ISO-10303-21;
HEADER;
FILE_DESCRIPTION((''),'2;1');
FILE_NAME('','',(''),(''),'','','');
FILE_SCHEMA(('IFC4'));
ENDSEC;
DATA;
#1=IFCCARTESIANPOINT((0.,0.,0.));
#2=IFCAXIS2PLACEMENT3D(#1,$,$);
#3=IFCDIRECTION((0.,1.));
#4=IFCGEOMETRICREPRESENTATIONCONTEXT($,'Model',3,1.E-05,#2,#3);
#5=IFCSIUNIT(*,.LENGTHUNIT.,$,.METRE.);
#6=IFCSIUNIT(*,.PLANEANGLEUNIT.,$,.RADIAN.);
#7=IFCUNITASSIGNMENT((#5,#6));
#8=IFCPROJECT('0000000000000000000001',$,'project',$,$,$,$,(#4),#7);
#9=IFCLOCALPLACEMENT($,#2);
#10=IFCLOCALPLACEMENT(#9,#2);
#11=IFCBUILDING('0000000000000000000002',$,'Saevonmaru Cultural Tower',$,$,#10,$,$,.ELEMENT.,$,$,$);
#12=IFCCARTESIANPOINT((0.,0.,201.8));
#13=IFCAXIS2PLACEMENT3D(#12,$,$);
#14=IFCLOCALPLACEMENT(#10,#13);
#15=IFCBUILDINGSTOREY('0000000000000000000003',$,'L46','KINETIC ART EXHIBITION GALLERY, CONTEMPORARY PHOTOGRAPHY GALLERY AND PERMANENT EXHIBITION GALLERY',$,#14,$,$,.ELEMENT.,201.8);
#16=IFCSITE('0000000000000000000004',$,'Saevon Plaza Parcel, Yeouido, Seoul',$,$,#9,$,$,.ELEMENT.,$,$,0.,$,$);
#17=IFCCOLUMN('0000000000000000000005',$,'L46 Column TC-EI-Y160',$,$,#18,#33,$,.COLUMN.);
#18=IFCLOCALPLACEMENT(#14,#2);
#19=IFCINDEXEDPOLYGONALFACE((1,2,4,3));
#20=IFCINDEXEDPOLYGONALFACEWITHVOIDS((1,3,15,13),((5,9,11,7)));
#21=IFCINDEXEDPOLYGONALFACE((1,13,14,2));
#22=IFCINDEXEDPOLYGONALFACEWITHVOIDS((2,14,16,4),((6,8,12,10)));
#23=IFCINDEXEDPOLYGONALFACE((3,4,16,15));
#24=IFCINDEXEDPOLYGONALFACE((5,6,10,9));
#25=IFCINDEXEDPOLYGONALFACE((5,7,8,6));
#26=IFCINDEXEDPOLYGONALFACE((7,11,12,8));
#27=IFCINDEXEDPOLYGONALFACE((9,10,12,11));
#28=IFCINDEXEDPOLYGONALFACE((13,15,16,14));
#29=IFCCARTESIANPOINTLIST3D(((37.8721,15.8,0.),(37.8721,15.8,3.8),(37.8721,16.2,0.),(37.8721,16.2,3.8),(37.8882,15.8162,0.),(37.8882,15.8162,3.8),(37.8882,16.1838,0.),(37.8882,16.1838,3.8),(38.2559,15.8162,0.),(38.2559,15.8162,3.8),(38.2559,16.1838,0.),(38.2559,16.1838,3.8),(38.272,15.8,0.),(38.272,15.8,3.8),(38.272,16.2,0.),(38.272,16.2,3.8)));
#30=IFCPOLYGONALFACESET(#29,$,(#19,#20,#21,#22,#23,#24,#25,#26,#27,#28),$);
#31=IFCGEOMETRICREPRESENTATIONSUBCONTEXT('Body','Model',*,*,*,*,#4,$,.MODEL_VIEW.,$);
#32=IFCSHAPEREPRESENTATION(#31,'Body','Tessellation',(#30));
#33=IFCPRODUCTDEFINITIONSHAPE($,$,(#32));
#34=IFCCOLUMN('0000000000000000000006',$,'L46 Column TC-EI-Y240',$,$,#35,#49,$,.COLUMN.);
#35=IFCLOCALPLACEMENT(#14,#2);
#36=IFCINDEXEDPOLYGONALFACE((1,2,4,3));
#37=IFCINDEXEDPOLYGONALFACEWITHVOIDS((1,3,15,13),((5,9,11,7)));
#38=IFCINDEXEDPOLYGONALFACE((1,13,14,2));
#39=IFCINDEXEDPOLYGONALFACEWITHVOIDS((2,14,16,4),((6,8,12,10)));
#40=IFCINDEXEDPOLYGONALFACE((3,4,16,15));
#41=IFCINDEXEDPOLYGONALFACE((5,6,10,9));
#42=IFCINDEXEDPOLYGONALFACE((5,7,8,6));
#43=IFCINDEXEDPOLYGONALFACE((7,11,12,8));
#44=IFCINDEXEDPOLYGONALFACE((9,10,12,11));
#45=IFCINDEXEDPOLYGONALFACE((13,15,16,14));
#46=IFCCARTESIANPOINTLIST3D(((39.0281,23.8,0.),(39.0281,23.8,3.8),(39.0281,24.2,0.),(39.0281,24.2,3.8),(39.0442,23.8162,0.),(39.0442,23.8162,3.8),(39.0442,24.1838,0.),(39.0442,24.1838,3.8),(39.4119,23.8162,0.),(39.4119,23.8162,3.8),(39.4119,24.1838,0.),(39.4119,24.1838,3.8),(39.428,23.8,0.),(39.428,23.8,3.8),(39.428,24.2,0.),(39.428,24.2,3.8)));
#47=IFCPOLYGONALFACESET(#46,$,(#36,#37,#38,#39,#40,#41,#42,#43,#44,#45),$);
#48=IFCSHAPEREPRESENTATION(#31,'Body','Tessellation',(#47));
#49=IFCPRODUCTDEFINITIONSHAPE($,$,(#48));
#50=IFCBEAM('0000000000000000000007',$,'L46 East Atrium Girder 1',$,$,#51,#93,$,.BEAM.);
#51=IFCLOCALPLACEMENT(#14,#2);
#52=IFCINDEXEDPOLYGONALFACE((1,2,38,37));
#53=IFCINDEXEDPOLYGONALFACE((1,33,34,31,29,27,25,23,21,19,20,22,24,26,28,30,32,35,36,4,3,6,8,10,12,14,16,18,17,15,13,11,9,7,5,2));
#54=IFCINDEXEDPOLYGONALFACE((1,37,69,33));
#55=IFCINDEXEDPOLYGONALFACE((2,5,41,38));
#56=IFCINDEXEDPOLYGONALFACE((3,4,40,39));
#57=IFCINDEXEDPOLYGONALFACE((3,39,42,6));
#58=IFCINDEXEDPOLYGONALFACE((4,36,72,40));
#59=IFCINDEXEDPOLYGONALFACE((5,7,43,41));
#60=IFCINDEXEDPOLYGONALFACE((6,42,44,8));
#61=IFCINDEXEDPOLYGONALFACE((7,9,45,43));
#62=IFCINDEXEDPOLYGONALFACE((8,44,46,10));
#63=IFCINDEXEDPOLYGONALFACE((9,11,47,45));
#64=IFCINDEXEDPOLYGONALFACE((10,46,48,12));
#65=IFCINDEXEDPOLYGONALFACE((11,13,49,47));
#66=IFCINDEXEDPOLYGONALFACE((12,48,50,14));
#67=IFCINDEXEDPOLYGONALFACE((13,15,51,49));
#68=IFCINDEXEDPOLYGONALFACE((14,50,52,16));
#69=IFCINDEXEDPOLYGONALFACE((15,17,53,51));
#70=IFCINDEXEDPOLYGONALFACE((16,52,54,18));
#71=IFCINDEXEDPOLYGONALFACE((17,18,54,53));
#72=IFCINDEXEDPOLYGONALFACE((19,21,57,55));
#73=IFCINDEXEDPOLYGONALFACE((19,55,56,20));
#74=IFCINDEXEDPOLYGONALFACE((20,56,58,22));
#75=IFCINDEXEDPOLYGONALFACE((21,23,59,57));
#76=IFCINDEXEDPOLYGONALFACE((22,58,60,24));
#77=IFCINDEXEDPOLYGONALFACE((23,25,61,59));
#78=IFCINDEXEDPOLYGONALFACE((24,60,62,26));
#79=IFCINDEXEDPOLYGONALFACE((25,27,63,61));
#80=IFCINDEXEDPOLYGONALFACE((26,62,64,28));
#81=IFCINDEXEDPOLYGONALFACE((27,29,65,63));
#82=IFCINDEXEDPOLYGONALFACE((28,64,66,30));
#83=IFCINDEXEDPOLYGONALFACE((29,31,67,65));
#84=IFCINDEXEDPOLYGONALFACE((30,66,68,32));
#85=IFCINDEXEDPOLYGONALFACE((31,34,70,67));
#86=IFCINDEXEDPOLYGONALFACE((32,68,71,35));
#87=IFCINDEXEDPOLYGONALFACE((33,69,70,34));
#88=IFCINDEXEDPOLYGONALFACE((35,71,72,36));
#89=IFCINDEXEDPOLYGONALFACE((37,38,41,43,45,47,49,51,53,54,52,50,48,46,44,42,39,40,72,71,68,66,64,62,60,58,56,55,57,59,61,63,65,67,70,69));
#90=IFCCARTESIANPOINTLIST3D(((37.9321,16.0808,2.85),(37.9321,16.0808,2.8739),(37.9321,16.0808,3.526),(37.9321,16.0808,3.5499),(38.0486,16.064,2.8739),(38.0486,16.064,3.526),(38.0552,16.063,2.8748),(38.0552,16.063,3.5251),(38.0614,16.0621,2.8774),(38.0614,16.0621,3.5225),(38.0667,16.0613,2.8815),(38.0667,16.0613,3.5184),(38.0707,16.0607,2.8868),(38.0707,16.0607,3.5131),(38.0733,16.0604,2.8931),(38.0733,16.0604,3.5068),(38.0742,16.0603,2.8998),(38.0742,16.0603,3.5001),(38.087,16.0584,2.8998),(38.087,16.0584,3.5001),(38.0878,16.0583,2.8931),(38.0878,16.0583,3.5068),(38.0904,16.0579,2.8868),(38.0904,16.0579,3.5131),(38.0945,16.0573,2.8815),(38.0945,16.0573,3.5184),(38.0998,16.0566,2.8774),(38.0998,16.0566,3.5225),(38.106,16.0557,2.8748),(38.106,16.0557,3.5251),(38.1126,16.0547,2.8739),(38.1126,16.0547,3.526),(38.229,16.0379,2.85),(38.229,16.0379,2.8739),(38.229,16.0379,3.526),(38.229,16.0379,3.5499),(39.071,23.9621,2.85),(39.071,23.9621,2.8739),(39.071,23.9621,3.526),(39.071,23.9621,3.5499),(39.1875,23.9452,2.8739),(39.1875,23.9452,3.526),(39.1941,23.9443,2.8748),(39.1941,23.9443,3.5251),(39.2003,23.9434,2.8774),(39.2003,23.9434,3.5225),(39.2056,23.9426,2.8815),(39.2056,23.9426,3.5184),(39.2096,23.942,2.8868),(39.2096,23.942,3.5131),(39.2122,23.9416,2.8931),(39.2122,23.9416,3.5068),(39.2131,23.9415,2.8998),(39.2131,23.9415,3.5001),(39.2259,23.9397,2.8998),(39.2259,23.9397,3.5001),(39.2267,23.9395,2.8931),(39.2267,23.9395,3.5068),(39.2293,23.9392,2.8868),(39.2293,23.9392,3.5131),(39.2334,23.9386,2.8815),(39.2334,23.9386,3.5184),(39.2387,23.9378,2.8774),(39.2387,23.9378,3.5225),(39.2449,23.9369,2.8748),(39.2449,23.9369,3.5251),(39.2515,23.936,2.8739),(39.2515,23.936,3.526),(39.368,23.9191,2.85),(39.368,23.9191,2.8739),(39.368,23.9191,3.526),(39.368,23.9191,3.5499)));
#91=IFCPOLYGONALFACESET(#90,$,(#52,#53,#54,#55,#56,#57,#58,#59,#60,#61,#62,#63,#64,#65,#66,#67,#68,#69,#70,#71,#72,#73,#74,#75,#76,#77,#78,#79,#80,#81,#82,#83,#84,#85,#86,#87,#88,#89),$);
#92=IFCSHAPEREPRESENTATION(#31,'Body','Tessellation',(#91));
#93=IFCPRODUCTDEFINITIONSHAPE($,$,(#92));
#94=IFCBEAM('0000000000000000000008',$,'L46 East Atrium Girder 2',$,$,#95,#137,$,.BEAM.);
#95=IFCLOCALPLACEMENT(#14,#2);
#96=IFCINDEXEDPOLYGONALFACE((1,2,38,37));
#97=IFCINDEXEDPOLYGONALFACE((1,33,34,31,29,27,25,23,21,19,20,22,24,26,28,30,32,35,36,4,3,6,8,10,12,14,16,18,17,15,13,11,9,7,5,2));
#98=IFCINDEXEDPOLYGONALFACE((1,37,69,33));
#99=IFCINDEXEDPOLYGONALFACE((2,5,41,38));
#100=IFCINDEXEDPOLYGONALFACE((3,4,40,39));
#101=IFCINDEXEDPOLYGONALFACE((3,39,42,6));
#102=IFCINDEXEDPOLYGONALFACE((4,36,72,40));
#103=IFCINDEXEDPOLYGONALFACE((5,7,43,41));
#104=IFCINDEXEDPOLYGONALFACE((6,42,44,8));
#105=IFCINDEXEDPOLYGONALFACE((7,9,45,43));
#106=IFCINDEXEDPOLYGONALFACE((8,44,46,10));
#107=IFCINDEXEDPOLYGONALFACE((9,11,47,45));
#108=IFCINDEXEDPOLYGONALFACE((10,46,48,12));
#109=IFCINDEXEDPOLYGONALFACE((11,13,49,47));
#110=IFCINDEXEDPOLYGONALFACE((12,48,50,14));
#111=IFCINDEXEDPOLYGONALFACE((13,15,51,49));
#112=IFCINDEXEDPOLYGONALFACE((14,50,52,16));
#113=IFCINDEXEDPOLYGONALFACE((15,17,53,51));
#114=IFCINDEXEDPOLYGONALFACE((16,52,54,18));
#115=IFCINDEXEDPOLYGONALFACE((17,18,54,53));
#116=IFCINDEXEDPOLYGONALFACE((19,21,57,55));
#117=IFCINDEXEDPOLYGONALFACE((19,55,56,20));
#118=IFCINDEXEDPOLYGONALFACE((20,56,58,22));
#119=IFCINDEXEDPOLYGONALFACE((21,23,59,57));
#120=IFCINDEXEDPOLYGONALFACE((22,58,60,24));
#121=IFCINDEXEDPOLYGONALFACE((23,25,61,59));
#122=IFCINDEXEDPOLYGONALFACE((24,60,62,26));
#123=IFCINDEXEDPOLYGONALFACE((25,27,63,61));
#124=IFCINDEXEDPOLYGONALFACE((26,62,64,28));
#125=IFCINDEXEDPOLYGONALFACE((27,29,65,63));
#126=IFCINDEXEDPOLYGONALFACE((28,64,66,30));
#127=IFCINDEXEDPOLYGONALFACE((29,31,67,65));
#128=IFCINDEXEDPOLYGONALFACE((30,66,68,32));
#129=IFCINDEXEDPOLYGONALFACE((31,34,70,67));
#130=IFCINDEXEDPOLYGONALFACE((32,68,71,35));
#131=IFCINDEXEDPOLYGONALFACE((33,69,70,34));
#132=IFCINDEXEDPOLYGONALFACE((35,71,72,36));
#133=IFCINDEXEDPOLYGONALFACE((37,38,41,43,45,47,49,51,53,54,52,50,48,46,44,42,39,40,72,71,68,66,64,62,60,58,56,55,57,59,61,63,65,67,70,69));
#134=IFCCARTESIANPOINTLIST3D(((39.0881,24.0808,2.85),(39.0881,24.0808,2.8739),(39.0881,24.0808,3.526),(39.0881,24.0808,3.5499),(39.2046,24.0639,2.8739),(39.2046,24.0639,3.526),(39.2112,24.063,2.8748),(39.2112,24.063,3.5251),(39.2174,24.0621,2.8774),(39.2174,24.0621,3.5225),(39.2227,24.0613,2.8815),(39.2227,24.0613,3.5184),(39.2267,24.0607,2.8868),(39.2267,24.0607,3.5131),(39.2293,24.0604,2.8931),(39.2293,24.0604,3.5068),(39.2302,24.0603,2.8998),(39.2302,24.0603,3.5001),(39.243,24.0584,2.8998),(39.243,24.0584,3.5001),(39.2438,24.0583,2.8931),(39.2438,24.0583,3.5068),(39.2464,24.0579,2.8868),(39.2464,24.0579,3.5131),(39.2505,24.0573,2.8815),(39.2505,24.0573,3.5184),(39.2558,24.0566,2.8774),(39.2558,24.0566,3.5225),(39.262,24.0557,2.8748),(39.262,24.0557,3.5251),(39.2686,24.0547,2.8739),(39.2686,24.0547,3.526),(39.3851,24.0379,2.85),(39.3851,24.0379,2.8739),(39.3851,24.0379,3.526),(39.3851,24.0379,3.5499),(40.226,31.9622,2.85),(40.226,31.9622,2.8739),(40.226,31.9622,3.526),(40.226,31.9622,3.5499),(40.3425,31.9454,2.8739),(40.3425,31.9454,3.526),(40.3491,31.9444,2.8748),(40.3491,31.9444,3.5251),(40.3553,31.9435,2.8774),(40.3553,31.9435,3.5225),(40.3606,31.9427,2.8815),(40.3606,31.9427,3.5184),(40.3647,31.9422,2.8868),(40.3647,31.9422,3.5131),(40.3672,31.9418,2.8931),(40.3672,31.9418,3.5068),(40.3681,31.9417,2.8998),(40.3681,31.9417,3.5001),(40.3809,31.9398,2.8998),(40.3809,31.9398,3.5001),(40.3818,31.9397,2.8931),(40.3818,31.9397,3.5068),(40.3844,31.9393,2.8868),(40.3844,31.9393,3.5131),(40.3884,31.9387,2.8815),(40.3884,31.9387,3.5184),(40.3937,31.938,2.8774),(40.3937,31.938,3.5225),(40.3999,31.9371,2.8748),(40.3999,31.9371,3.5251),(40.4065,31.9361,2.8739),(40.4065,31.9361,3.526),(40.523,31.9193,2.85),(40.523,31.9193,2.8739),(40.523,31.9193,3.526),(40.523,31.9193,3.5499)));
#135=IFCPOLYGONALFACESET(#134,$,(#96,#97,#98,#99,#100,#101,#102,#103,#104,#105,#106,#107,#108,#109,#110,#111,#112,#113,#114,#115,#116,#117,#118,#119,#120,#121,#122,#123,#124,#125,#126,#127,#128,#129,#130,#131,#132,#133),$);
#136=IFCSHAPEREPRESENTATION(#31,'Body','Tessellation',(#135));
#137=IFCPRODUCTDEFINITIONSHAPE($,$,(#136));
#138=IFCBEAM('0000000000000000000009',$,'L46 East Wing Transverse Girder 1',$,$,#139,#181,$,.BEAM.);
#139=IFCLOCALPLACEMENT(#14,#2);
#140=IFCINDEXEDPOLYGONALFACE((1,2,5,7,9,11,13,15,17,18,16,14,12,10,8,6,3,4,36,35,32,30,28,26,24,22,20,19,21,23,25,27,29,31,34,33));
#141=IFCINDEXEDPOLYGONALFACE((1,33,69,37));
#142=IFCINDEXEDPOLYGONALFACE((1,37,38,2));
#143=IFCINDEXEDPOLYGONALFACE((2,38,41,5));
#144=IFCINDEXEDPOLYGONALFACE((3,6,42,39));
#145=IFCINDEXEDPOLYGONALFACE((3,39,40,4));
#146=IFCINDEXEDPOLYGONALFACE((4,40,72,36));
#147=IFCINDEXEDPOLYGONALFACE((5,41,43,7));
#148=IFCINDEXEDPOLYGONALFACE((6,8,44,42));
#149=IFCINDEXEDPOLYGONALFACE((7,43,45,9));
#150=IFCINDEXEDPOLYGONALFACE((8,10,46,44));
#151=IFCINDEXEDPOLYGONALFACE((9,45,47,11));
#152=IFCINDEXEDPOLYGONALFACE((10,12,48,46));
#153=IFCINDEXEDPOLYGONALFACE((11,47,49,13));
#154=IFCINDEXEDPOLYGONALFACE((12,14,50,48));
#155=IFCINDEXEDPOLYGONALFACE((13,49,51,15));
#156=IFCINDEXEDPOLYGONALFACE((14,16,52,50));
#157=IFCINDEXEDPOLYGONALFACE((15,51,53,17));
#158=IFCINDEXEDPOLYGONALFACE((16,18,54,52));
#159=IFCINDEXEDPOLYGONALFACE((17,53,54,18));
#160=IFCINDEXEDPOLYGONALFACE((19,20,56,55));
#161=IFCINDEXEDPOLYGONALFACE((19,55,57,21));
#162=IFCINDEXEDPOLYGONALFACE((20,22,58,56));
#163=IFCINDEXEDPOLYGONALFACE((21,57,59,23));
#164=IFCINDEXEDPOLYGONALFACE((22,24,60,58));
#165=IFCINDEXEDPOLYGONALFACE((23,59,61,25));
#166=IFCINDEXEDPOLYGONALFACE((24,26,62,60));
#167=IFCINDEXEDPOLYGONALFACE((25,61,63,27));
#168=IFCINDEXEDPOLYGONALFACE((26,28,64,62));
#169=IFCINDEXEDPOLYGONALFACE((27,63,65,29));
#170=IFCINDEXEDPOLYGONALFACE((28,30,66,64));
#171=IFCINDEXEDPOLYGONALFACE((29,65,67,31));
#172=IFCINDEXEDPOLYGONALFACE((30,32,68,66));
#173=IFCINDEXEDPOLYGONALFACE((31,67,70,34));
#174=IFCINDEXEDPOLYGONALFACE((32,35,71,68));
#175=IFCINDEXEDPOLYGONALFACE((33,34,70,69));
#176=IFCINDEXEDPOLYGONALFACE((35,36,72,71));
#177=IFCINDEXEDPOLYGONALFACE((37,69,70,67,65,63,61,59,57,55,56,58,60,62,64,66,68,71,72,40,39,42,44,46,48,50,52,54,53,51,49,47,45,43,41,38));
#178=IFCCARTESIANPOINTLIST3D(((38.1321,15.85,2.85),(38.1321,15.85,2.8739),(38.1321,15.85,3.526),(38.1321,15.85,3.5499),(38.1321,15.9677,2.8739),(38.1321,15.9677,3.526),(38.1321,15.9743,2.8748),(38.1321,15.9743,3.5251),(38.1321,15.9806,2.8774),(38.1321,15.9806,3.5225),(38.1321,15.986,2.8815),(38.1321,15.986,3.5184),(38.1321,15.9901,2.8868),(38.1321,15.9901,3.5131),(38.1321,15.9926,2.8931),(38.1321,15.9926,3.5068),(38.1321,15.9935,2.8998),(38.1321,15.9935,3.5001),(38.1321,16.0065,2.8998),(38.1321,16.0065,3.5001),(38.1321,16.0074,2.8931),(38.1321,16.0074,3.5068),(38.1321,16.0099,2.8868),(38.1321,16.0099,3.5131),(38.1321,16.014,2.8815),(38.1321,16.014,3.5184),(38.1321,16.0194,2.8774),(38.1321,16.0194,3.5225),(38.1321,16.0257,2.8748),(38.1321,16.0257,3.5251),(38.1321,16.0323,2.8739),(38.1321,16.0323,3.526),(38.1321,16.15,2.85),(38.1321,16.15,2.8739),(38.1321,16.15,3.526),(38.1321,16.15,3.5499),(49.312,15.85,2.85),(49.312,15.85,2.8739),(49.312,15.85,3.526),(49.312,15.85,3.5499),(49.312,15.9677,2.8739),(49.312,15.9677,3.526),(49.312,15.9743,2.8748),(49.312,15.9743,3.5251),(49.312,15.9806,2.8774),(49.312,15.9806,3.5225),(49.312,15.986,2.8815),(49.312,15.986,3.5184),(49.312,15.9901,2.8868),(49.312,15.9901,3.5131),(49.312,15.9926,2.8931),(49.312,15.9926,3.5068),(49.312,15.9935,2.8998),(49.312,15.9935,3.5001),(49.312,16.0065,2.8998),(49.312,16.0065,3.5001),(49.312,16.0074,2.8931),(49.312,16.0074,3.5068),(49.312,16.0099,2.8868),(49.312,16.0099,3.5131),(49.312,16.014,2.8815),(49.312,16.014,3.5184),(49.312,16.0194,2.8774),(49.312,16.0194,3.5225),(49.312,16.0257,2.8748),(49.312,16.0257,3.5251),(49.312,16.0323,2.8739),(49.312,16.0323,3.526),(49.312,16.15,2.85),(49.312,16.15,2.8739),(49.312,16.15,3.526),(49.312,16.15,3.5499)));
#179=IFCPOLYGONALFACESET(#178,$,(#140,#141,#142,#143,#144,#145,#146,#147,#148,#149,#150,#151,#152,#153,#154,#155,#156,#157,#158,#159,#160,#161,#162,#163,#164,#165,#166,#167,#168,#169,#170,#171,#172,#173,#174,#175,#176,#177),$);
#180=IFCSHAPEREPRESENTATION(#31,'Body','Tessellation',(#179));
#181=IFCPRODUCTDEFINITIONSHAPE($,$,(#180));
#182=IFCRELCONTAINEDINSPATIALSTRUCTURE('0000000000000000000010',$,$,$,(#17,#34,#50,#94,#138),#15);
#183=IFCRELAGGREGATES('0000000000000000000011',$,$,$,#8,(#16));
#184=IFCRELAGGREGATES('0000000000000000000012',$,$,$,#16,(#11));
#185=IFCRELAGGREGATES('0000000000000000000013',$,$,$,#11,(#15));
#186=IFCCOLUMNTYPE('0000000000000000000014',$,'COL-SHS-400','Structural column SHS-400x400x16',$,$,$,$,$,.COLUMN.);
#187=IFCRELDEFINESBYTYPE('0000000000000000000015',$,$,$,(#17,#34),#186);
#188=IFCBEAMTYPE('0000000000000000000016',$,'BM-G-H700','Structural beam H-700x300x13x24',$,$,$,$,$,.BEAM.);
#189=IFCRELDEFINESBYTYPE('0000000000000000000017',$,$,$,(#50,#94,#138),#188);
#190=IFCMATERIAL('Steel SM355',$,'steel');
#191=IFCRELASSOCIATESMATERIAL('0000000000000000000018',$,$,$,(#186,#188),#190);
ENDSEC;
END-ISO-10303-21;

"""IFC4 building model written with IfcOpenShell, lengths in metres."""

from ifc_helpers import new_model, si_unit, direction, frame, origin, origin_2d, place, context, subcontext, project, spatial, hollow_rectangle, i_section, extrude, material, material_profile, profile_set, type_object, element, save


model = new_model("IFC4")

# Units and contexts
model_context = context("Model", 3, precision=1e-05, world=origin(), true_north=direction((0.0, 1.0)))
body_context = subcontext(model_context, "Body", "Model", "MODEL_VIEW")
ifc_project = project(units=[si_unit("LENGTHUNIT", "METRE"), si_unit("PLANEANGLEUNIT", "RADIAN")], contexts=[model_context])

# Site, building, storey
site_placement = place(None, origin())
site = spatial("IfcSite", under=ifc_project, at=site_placement, Name="Saevon Plaza Parcel, Yeouido, Seoul", CompositionType="ELEMENT", RefElevation=0.0)
building_placement = place(site_placement, origin())
building = spatial("IfcBuilding", under=site, at=building_placement, Name="Saevonmaru Cultural Tower", CompositionType="ELEMENT")
storey_placement = place(building_placement, frame((0.0, 0.0, 201.8)))
storey = spatial("IfcBuildingStorey", under=building, at=storey_placement, Name="L46", Description="KINETIC ART EXHIBITION GALLERY, CONTEMPORARY PHOTOGRAPHY GALLERY AND PERMANENT EXHIBITION GALLERY", CompositionType="ELEMENT", Elevation=201.8)

# Columns
ifc_material_1 = material(Name="Steel SM355", Category="steel")
ifc_material_profile_1 = material_profile(ifc_material_1, hollow_rectangle(XDim=0.3999, YDim=0.3999, WallThickness=0.0161, at=origin_2d()), Name="SHS-400x400x16")
ifc_profile_set_1 = profile_set([ifc_material_profile_1], Name="Steel SM355")
column_type = type_object("IfcColumnType", Name="COL-SHS-400", Description="Structural column SHS-400x400x16", PredefinedType="COLUMN", material=ifc_profile_set_1)
for number, where, z_axis, x_axis, name in (
    (1, (38.072, 16.0, 0.0), (0.0, 0.0, 1.0), (1.0, 0.0, 0.0), "L46 Column TC-EI-Y160"),
    (2, (39.228, 24.0, 0.0), (0.0, 0.0, 1.0), (1.0, 0.0, 0.0), "L46 Column TC-EI-Y240"),
):
    element("IfcColumn", number, at=place(storey_placement, frame(where, z_axis=z_axis, x_axis=x_axis)), inside=storey, type_object=column_type, Name=name, PredefinedType="COLUMN", context=body_context, shape_type="SweptSolid", body=[
        extrude(hollow_rectangle(XDim=0.3999, YDim=0.3999, WallThickness=0.0161, at=origin_2d()), origin(), (0.0, 0.0, 1.0), 3.8),
    ])

# Beams
ifc_material_profile_2 = material_profile(ifc_material_1, i_section(OverallWidth=0.3, OverallDepth=0.7, WebThickness=0.0129, FlangeThickness=0.0239, FilletRadius=0.0259, at=origin_2d()), Name="H-700x300x13x24")
ifc_profile_set_2 = profile_set([ifc_material_profile_2], Name="Steel SM355")
beam_type_1 = type_object("IfcBeamType", Name="BM-G-H700", Description="Structural beam H-700x300x13x24", PredefinedType="BEAM", material=ifc_profile_set_2)
for number, where, z_axis, x_axis, name in (
    (3, (38.0806, 16.0593, 3.2), (0.143022, 0.989719, 0.0), (-0.989719, 0.143022, 0.0), "L46 East Atrium Girder 1"),
    (4, (39.2366, 24.0593, 3.2), (0.142902, 0.989737, 0.0), (-0.989737, 0.142902, 0.0), "L46 East Atrium Girder 2"),
):
    element("IfcBeam", number, at=place(storey_placement, frame(where, z_axis=z_axis, x_axis=x_axis)), inside=storey, type_object=beam_type_1, Name=name, PredefinedType="BEAM", context=body_context, shape_type="SweptSolid", body=[
        extrude(i_section(OverallWidth=0.3, OverallDepth=0.7, WebThickness=0.0129, FlangeThickness=0.0239, FilletRadius=0.0259, at=origin_2d()), origin(), (0.0, 0.0, 1.0), 7.9631),
    ])
for number, where, z_axis, x_axis, name in (
    (5, (38.1321, 16.0, 3.2), (1.0, 0.0, 0.0), (0.0, 1.0, 0.0), "L46 East Wing Transverse Girder 1"),
):
    element("IfcBeam", number, at=place(storey_placement, frame(where, z_axis=z_axis, x_axis=x_axis)), inside=storey, type_object=beam_type_1, Name=name, PredefinedType="BEAM", context=body_context, shape_type="SweptSolid", body=[
        extrude(i_section(OverallWidth=0.3, OverallDepth=0.7, WebThickness=0.0129, FlangeThickness=0.0239, FilletRadius=0.0259, at=origin_2d()), origin(), (0.0, 0.0, 1.0), 11.1799),
    ])

save(model, "model.ifc")
